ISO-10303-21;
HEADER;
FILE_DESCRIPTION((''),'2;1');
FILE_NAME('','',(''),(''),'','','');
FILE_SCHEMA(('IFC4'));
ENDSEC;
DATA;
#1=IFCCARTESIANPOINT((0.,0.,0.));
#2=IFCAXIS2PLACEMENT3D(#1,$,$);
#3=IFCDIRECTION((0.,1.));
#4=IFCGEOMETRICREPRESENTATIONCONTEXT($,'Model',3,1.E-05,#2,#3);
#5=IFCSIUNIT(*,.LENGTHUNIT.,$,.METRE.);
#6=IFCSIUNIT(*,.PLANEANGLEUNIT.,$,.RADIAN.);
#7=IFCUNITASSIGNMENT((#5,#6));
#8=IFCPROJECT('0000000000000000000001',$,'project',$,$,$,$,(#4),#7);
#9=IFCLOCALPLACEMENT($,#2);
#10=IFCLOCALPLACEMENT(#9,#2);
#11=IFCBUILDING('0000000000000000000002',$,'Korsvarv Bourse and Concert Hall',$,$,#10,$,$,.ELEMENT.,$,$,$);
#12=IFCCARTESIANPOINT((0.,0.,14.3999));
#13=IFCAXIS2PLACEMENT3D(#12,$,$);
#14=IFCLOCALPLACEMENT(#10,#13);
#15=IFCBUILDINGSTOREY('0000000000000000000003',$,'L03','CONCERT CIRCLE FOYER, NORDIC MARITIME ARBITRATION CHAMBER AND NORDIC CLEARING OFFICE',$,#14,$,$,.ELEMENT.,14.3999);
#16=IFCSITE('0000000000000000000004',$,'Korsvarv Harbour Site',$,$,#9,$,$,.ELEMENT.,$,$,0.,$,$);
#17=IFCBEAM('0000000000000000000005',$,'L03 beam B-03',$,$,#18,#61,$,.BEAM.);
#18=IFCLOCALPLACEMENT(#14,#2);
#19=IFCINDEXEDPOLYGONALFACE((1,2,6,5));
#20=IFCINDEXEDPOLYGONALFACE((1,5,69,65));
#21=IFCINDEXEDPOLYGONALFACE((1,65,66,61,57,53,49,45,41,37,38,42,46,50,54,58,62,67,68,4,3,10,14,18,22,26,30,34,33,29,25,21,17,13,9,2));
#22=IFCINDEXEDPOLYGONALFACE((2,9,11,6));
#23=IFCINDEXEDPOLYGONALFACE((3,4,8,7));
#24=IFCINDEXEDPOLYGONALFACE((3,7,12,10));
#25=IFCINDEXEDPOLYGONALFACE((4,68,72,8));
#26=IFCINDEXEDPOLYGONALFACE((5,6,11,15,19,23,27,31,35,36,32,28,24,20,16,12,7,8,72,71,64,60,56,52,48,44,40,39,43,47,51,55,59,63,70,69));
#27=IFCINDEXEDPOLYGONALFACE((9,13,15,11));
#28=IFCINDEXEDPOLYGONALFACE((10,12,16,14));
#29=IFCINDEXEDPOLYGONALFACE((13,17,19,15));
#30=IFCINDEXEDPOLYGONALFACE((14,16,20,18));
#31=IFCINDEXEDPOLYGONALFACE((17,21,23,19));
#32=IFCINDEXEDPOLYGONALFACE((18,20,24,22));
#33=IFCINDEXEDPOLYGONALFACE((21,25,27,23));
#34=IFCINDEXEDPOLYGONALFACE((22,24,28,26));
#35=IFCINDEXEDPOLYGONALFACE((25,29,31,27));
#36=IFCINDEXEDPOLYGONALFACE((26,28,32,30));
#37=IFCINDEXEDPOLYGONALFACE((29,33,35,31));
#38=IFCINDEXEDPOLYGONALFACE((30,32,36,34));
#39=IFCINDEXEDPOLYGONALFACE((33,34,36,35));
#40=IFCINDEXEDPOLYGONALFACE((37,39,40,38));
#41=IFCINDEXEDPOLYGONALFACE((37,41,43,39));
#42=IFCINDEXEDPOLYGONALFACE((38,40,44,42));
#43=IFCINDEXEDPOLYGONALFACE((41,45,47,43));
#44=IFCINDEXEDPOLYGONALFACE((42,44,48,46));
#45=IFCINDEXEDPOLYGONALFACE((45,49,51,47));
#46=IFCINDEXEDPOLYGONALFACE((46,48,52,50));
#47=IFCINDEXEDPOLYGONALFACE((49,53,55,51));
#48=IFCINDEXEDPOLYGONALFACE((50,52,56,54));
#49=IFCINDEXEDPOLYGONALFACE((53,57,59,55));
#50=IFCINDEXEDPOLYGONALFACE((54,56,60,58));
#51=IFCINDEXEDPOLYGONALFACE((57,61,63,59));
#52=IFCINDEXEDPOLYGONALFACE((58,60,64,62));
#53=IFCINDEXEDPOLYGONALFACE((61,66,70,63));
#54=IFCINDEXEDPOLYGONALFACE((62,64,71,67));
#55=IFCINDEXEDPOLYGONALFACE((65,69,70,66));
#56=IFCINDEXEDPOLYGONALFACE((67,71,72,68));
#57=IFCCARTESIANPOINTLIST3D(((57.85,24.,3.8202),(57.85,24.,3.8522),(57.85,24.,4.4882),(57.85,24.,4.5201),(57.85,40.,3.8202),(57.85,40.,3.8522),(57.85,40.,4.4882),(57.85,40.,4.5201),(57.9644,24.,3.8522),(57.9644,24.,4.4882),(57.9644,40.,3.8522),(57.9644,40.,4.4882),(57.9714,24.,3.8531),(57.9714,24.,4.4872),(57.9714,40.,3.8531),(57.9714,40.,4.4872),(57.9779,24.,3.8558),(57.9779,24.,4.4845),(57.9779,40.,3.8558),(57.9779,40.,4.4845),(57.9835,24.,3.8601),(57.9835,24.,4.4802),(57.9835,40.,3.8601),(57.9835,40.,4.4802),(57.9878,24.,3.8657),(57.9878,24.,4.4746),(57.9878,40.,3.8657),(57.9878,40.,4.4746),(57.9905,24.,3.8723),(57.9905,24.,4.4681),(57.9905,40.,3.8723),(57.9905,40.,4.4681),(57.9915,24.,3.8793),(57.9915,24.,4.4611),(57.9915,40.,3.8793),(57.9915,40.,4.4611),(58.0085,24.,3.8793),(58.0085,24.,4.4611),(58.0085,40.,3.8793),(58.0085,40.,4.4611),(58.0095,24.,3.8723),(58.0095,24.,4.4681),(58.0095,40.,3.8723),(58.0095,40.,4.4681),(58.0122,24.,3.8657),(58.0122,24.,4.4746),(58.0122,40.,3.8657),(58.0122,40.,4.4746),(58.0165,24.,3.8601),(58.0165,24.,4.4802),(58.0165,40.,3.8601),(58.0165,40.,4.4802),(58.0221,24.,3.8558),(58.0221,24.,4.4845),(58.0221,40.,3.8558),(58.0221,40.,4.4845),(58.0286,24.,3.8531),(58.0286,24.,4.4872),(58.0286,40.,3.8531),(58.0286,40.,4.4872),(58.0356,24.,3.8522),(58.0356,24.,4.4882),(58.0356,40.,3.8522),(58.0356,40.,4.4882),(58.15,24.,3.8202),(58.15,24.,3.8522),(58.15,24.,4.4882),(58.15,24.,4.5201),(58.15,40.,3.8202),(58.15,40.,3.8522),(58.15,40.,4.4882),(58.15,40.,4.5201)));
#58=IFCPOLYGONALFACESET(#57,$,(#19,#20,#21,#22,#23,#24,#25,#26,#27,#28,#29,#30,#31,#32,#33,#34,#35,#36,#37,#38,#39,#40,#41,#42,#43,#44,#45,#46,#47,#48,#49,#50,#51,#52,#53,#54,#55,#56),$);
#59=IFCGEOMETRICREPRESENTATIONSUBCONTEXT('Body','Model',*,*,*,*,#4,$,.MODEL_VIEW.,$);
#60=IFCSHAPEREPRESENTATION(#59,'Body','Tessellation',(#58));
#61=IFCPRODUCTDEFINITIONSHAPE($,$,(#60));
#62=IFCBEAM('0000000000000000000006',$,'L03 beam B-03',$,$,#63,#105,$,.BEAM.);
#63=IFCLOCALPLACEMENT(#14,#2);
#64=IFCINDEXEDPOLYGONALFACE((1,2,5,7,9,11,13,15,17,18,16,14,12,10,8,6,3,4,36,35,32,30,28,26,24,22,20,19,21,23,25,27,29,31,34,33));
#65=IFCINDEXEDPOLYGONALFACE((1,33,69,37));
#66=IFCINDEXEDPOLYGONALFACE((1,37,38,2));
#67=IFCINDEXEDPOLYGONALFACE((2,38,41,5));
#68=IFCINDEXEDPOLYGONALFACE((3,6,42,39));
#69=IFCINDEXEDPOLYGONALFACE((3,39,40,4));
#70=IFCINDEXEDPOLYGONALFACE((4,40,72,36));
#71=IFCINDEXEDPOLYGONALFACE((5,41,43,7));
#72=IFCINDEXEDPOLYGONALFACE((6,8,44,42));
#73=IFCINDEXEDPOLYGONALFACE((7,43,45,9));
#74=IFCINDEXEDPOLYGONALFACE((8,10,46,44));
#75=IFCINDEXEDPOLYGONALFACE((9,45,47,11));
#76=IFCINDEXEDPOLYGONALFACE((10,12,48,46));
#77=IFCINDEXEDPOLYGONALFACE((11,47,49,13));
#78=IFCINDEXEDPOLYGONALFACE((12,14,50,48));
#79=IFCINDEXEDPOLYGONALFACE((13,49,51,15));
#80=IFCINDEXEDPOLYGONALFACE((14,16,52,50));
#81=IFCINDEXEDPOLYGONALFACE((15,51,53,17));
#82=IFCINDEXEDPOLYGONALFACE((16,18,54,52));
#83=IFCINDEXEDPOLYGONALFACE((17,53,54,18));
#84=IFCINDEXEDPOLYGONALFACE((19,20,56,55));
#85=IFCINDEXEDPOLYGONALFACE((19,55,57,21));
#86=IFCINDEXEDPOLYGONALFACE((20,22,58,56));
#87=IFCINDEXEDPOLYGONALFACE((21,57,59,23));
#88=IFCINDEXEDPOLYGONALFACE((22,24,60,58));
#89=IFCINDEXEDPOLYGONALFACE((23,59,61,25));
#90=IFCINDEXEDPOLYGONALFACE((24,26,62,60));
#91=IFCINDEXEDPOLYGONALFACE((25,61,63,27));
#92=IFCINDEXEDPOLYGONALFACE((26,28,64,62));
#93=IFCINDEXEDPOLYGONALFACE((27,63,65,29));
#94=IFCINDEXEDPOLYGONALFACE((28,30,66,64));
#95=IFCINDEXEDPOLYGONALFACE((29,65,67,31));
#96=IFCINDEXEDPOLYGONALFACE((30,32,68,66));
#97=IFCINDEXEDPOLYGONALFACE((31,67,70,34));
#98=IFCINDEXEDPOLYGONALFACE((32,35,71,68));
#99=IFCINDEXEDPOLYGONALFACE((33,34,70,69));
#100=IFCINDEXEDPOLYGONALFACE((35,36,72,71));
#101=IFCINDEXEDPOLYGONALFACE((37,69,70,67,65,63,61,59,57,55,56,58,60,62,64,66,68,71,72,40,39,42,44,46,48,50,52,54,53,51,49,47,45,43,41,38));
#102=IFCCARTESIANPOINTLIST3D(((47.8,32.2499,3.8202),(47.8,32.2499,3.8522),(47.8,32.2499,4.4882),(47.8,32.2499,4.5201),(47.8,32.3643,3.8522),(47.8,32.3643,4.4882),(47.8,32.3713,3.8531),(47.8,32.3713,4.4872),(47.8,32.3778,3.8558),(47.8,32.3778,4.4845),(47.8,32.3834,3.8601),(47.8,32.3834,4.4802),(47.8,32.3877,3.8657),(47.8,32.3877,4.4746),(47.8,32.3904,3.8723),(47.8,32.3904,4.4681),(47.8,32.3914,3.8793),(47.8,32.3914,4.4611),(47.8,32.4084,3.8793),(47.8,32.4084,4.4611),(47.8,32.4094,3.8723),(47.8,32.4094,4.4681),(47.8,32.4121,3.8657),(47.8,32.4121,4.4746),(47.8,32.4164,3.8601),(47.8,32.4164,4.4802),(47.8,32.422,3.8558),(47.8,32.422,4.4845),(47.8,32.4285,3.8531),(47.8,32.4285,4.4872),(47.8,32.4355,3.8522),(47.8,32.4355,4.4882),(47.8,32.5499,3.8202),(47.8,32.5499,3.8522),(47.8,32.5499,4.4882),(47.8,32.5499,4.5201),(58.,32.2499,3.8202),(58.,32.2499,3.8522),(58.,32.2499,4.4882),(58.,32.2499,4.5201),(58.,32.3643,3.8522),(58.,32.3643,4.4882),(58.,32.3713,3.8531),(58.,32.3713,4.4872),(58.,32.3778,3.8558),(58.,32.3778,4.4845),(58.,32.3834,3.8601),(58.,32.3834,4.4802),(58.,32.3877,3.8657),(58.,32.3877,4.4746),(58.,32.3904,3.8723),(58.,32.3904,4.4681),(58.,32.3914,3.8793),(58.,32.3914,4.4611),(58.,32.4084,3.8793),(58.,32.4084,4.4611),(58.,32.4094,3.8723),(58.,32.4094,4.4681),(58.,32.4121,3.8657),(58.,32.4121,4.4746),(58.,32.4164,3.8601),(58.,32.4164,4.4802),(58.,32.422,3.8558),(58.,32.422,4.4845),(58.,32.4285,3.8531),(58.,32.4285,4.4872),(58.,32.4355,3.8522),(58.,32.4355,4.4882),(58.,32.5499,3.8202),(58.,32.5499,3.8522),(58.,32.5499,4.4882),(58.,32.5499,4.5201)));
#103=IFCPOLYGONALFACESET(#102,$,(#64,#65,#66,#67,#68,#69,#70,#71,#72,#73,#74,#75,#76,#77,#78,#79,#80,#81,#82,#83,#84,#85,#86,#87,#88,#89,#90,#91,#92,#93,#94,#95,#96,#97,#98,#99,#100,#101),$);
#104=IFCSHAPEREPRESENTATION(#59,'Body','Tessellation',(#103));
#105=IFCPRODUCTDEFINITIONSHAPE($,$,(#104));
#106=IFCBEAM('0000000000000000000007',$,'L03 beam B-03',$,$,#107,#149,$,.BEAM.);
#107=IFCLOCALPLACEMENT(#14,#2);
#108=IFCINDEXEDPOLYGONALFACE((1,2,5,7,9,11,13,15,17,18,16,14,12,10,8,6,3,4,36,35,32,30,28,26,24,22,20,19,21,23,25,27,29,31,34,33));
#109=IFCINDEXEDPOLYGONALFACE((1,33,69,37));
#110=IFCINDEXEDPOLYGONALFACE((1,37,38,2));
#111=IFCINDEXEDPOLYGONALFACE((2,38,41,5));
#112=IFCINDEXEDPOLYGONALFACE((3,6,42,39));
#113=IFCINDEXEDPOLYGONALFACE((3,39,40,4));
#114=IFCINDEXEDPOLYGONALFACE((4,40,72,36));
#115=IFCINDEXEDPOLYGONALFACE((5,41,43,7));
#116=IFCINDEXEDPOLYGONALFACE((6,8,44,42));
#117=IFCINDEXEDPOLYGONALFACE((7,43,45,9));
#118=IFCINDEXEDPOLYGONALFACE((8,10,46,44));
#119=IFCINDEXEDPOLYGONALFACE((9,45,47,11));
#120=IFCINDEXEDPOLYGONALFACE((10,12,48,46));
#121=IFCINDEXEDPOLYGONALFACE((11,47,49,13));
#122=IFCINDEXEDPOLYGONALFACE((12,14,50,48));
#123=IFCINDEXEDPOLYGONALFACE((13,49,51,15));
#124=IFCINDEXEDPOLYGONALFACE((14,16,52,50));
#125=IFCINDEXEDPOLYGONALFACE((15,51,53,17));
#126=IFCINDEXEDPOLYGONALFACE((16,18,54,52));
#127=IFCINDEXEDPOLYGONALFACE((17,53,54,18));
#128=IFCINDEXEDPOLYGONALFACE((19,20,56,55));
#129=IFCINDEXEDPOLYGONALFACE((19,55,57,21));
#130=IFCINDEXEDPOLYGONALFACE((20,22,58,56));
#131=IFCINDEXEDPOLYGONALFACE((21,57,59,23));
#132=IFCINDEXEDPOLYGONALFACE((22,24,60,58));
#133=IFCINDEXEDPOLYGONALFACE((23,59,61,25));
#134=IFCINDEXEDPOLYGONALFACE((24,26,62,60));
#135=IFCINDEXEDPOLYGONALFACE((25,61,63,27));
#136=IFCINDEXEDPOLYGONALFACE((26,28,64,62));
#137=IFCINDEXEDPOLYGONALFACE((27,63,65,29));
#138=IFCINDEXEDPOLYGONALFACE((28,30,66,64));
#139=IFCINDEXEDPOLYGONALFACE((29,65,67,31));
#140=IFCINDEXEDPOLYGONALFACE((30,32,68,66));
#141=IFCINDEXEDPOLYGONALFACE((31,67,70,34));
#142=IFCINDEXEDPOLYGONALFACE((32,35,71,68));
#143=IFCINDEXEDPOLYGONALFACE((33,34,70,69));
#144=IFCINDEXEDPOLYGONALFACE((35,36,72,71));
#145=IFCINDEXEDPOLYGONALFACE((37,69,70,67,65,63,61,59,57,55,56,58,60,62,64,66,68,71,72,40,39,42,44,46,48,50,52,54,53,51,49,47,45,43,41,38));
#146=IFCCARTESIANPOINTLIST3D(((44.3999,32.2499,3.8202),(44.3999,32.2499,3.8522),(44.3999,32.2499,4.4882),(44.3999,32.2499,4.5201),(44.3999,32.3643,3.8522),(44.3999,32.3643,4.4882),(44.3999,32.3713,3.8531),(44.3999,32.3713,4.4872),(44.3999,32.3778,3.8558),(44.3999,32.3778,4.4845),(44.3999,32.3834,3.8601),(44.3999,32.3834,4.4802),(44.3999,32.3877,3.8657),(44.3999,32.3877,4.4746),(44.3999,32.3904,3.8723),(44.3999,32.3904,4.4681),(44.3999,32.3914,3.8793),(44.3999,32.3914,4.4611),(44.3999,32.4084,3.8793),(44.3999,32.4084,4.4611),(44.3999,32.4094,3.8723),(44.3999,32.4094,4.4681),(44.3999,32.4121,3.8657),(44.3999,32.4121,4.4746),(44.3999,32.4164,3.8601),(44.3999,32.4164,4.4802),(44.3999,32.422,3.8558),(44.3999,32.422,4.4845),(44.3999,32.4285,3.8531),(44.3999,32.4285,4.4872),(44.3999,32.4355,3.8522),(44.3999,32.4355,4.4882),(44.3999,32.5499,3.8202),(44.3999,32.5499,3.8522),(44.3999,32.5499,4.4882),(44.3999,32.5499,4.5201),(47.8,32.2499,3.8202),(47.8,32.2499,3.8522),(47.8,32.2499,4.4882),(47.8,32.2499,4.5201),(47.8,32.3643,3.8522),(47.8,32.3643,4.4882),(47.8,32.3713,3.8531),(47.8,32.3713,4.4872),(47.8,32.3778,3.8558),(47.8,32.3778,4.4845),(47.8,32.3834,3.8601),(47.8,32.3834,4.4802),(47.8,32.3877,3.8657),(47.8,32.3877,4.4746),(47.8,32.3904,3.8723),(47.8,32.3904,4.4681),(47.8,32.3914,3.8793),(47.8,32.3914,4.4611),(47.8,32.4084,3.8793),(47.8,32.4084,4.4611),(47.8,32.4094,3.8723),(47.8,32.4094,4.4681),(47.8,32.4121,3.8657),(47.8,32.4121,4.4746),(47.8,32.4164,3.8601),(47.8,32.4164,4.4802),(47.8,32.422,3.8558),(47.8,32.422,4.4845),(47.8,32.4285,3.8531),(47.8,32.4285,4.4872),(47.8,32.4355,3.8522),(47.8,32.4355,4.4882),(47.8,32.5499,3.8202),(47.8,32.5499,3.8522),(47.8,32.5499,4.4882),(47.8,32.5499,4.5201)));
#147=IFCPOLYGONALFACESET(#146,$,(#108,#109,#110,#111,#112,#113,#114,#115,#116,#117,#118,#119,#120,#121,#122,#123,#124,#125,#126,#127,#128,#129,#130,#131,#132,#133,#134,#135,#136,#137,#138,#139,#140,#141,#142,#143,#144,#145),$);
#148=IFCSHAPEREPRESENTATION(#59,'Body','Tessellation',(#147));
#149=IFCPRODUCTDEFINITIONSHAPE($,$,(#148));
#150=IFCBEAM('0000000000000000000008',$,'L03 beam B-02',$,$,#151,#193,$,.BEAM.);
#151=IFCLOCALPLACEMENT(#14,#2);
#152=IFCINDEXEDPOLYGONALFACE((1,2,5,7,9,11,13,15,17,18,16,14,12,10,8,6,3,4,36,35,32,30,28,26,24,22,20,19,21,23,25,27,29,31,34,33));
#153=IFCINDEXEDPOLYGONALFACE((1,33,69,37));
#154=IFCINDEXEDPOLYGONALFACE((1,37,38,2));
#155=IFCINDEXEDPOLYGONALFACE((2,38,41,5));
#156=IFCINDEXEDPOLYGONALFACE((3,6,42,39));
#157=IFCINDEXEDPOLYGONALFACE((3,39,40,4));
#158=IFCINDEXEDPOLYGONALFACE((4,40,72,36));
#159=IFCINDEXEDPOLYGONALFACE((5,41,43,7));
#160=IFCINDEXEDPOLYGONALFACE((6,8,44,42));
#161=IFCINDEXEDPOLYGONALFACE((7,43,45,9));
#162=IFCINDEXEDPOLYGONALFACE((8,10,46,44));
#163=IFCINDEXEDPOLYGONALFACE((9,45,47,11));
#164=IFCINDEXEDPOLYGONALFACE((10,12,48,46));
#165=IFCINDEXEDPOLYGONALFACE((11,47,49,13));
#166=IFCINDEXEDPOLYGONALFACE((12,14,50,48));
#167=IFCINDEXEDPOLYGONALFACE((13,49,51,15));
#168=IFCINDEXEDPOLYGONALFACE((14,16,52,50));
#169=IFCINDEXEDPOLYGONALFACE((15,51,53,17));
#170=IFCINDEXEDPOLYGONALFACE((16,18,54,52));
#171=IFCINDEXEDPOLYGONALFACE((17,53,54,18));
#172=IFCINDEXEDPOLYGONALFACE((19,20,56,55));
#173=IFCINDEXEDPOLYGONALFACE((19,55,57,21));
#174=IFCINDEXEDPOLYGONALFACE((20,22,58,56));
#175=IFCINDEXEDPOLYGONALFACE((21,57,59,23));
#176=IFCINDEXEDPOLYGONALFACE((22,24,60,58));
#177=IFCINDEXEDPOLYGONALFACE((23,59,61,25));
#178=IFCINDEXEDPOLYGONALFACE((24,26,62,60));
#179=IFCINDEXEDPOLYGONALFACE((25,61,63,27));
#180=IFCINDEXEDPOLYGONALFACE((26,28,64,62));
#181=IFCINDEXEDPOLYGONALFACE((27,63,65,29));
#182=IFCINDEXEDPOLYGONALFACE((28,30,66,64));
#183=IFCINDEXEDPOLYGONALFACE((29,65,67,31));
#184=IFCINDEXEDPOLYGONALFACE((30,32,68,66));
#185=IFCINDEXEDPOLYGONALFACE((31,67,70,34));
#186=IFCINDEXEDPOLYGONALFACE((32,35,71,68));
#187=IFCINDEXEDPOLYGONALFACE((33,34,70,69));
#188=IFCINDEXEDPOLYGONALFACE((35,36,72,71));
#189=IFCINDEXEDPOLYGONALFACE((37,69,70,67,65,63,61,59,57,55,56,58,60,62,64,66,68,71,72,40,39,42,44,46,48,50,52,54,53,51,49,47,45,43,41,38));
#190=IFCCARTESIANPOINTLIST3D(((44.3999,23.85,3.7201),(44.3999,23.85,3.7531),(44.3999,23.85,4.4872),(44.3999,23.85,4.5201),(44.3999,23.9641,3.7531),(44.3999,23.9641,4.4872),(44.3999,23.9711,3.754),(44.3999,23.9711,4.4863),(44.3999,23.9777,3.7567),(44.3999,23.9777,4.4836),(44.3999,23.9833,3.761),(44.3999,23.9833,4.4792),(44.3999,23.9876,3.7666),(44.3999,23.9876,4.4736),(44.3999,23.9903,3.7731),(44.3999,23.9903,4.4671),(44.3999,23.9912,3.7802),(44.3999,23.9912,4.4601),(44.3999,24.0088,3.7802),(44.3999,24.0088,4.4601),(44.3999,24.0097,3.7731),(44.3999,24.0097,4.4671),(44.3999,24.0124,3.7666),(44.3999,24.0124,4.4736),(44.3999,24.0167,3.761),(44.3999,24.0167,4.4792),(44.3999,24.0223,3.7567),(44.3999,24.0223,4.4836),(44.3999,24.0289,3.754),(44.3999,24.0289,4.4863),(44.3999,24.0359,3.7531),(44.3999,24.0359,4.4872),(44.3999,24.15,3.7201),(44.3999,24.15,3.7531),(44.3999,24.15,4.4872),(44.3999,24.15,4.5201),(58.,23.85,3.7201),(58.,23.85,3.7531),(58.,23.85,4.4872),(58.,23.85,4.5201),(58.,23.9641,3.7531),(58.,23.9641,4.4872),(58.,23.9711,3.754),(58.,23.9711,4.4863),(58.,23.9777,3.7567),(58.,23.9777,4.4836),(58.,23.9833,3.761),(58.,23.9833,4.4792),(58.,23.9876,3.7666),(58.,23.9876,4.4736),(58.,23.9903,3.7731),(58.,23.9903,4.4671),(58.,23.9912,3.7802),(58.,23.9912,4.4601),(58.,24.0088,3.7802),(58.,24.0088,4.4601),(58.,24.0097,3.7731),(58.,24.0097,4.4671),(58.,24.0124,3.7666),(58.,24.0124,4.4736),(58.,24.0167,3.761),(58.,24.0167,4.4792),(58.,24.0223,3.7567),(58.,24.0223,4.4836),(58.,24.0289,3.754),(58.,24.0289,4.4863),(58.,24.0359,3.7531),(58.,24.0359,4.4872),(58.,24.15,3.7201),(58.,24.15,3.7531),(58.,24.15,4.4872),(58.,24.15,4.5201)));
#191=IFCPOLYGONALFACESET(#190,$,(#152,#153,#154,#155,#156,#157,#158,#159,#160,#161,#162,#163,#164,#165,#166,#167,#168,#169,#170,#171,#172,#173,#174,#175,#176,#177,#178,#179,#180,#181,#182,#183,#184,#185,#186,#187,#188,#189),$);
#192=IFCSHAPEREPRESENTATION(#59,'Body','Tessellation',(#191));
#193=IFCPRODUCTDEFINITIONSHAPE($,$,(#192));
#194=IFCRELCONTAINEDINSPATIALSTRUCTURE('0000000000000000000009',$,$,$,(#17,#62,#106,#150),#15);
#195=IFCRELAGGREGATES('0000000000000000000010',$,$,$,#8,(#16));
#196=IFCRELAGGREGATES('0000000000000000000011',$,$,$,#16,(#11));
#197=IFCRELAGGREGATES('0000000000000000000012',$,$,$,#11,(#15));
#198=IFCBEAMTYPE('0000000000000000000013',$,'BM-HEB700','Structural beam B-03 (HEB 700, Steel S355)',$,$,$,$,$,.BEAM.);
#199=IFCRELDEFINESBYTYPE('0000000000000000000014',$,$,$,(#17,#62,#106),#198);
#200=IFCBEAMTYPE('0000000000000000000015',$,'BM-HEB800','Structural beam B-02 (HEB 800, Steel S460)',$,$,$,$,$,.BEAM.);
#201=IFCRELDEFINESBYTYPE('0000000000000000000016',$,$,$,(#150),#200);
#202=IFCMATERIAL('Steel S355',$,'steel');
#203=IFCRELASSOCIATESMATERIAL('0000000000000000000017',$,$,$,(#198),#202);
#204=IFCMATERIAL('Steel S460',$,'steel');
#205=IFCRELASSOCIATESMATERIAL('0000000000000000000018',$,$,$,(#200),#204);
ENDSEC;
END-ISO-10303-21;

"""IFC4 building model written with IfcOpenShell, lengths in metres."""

from ifc_helpers import new_model, si_unit, direction, frame, origin, origin_2d, place, context, subcontext, project, spatial, i_section, extrude, source, transform, mapped, material, material_profile, profile_set, type_object, element, save


model = new_model("IFC4")

# Units and contexts
model_context = context("Model", 3, precision=1e-05, world=origin(), true_north=direction((0.0, 1.0)))
body_context = subcontext(model_context, "Body", "Model", "MODEL_VIEW")
ifc_project = project(units=[si_unit("LENGTHUNIT", "METRE"), si_unit("PLANEANGLEUNIT", "RADIAN")], contexts=[model_context])

# Site, building, storey
site_placement = place(None, origin())
site = spatial("IfcSite", under=ifc_project, at=site_placement, Name="Korsvarv Harbour Site", CompositionType="ELEMENT", RefElevation=0.0)
building_placement = place(site_placement, origin())
building = spatial("IfcBuilding", under=site, at=building_placement, Name="Korsvarv Bourse and Concert Hall", CompositionType="ELEMENT")
storey_placement = place(building_placement, frame((0.0, 0.0, 14.3999)))
storey = spatial("IfcBuildingStorey", under=building, at=storey_placement, Name="L03", Description="CONCERT CIRCLE FOYER, NORDIC MARITIME ARBITRATION CHAMBER AND NORDIC CLEARING OFFICE", CompositionType="ELEMENT", Elevation=14.3999)

# Shared definitions
ifc_material_1 = material(Name="Steel S460", Category="steel")

# Beams
ifc_material_2 = material(Name="Steel S355", Category="steel")
ifc_material_profile_1 = material_profile(ifc_material_2, i_section(OverallWidth=0.3, OverallDepth=0.7, WebThickness=0.0171, FlangeThickness=0.032, FilletRadius=0.0271, at=origin_2d()), Name="HEB 700")
ifc_profile_set_1 = profile_set([ifc_material_profile_1], Name="Steel S355")
beam_type_1 = type_object("IfcBeamType", Name="BM-HEB700", Description="Structural beam B-03 (HEB 700, Steel S355)", PredefinedType="BEAM", material=ifc_profile_set_1)
shared_shape_1 = source(origin(), body_context, "Body", "SweptSolid", [
    extrude(i_section(OverallWidth=0.3, OverallDepth=0.7, WebThickness=0.0171, FlangeThickness=0.032, FilletRadius=0.0271, at=origin_2d()), origin(), (0.0, 0.0, 1.0), 16.0),
])
beam_1_placement = place(storey_placement, frame((58.0, 24.0, 4.1702), z_axis=(0.0, 1.0, 0.0), x_axis=(-1.0, 0.0, 0.0)))
element("IfcBeam", 1, at=beam_1_placement, inside=storey, type_object=beam_type_1, Name="L03 beam B-03", PredefinedType="BEAM", context=body_context, shape_type="MappedRepresentation", body=[
    mapped(shared_shape_1, transform((0.0, 0.0, 0.0), scale=1.0)),
])
shared_shape_2 = source(origin(), body_context, "Body", "SweptSolid", [
    extrude(i_section(OverallWidth=0.3, OverallDepth=0.7, WebThickness=0.0171, FlangeThickness=0.032, FilletRadius=0.0271, at=origin_2d()), origin(), (0.0, 0.0, 1.0), 10.2),
])
beam_2_placement = place(storey_placement, frame((47.8, 32.3999, 4.1702), z_axis=(1.0, 0.0, 0.0), x_axis=(0.0, 1.0, 0.0)))
element("IfcBeam", 2, at=beam_2_placement, inside=storey, type_object=beam_type_1, Name="L03 beam B-03", PredefinedType="BEAM", context=body_context, shape_type="MappedRepresentation", body=[
    mapped(shared_shape_2, transform((0.0, 0.0, 0.0), scale=1.0)),
])
shared_shape_3 = source(origin(), body_context, "Body", "SweptSolid", [
    extrude(i_section(OverallWidth=0.3, OverallDepth=0.7, WebThickness=0.0171, FlangeThickness=0.032, FilletRadius=0.0271, at=origin_2d()), origin(), (0.0, 0.0, 1.0), 3.4001),
])
beam_3_placement = place(storey_placement, frame((44.3999, 32.3999, 4.1702), z_axis=(1.0, 0.0, 0.0), x_axis=(0.0, 1.0, 0.0)))
element("IfcBeam", 3, at=beam_3_placement, inside=storey, type_object=beam_type_1, Name="L03 beam B-03", PredefinedType="BEAM", context=body_context, shape_type="MappedRepresentation", body=[
    mapped(shared_shape_3, transform((0.0, 0.0, 0.0), scale=1.0)),
])
ifc_material_profile_2 = material_profile(ifc_material_1, i_section(OverallWidth=0.3, OverallDepth=0.8, WebThickness=0.0176, FlangeThickness=0.033, FilletRadius=0.0271, at=origin_2d()), Name="HEB 800")
ifc_profile_set_2 = profile_set([ifc_material_profile_2], Name="Steel S460")
beam_type_2 = type_object("IfcBeamType", Name="BM-HEB800", Description="Structural beam B-02 (HEB 800, Steel S460)", PredefinedType="BEAM", material=ifc_profile_set_2)
shared_shape_4 = source(origin(), body_context, "Body", "SweptSolid", [
    extrude(i_section(OverallWidth=0.3, OverallDepth=0.8, WebThickness=0.0176, FlangeThickness=0.033, FilletRadius=0.0271, at=origin_2d()), origin(), (0.0, 0.0, 1.0), 13.6001),
])
beam_4_placement = place(storey_placement, frame((44.3999, 24.0, 4.1201), z_axis=(1.0, 0.0, 0.0), x_axis=(0.0, 1.0, 0.0)))
element("IfcBeam", 4, at=beam_4_placement, inside=storey, type_object=beam_type_2, Name="L03 beam B-02", PredefinedType="BEAM", context=body_context, shape_type="MappedRepresentation", body=[
    mapped(shared_shape_4, transform((0.0, 0.0, 0.0), scale=1.0)),
])

save(model, "model.ifc")
